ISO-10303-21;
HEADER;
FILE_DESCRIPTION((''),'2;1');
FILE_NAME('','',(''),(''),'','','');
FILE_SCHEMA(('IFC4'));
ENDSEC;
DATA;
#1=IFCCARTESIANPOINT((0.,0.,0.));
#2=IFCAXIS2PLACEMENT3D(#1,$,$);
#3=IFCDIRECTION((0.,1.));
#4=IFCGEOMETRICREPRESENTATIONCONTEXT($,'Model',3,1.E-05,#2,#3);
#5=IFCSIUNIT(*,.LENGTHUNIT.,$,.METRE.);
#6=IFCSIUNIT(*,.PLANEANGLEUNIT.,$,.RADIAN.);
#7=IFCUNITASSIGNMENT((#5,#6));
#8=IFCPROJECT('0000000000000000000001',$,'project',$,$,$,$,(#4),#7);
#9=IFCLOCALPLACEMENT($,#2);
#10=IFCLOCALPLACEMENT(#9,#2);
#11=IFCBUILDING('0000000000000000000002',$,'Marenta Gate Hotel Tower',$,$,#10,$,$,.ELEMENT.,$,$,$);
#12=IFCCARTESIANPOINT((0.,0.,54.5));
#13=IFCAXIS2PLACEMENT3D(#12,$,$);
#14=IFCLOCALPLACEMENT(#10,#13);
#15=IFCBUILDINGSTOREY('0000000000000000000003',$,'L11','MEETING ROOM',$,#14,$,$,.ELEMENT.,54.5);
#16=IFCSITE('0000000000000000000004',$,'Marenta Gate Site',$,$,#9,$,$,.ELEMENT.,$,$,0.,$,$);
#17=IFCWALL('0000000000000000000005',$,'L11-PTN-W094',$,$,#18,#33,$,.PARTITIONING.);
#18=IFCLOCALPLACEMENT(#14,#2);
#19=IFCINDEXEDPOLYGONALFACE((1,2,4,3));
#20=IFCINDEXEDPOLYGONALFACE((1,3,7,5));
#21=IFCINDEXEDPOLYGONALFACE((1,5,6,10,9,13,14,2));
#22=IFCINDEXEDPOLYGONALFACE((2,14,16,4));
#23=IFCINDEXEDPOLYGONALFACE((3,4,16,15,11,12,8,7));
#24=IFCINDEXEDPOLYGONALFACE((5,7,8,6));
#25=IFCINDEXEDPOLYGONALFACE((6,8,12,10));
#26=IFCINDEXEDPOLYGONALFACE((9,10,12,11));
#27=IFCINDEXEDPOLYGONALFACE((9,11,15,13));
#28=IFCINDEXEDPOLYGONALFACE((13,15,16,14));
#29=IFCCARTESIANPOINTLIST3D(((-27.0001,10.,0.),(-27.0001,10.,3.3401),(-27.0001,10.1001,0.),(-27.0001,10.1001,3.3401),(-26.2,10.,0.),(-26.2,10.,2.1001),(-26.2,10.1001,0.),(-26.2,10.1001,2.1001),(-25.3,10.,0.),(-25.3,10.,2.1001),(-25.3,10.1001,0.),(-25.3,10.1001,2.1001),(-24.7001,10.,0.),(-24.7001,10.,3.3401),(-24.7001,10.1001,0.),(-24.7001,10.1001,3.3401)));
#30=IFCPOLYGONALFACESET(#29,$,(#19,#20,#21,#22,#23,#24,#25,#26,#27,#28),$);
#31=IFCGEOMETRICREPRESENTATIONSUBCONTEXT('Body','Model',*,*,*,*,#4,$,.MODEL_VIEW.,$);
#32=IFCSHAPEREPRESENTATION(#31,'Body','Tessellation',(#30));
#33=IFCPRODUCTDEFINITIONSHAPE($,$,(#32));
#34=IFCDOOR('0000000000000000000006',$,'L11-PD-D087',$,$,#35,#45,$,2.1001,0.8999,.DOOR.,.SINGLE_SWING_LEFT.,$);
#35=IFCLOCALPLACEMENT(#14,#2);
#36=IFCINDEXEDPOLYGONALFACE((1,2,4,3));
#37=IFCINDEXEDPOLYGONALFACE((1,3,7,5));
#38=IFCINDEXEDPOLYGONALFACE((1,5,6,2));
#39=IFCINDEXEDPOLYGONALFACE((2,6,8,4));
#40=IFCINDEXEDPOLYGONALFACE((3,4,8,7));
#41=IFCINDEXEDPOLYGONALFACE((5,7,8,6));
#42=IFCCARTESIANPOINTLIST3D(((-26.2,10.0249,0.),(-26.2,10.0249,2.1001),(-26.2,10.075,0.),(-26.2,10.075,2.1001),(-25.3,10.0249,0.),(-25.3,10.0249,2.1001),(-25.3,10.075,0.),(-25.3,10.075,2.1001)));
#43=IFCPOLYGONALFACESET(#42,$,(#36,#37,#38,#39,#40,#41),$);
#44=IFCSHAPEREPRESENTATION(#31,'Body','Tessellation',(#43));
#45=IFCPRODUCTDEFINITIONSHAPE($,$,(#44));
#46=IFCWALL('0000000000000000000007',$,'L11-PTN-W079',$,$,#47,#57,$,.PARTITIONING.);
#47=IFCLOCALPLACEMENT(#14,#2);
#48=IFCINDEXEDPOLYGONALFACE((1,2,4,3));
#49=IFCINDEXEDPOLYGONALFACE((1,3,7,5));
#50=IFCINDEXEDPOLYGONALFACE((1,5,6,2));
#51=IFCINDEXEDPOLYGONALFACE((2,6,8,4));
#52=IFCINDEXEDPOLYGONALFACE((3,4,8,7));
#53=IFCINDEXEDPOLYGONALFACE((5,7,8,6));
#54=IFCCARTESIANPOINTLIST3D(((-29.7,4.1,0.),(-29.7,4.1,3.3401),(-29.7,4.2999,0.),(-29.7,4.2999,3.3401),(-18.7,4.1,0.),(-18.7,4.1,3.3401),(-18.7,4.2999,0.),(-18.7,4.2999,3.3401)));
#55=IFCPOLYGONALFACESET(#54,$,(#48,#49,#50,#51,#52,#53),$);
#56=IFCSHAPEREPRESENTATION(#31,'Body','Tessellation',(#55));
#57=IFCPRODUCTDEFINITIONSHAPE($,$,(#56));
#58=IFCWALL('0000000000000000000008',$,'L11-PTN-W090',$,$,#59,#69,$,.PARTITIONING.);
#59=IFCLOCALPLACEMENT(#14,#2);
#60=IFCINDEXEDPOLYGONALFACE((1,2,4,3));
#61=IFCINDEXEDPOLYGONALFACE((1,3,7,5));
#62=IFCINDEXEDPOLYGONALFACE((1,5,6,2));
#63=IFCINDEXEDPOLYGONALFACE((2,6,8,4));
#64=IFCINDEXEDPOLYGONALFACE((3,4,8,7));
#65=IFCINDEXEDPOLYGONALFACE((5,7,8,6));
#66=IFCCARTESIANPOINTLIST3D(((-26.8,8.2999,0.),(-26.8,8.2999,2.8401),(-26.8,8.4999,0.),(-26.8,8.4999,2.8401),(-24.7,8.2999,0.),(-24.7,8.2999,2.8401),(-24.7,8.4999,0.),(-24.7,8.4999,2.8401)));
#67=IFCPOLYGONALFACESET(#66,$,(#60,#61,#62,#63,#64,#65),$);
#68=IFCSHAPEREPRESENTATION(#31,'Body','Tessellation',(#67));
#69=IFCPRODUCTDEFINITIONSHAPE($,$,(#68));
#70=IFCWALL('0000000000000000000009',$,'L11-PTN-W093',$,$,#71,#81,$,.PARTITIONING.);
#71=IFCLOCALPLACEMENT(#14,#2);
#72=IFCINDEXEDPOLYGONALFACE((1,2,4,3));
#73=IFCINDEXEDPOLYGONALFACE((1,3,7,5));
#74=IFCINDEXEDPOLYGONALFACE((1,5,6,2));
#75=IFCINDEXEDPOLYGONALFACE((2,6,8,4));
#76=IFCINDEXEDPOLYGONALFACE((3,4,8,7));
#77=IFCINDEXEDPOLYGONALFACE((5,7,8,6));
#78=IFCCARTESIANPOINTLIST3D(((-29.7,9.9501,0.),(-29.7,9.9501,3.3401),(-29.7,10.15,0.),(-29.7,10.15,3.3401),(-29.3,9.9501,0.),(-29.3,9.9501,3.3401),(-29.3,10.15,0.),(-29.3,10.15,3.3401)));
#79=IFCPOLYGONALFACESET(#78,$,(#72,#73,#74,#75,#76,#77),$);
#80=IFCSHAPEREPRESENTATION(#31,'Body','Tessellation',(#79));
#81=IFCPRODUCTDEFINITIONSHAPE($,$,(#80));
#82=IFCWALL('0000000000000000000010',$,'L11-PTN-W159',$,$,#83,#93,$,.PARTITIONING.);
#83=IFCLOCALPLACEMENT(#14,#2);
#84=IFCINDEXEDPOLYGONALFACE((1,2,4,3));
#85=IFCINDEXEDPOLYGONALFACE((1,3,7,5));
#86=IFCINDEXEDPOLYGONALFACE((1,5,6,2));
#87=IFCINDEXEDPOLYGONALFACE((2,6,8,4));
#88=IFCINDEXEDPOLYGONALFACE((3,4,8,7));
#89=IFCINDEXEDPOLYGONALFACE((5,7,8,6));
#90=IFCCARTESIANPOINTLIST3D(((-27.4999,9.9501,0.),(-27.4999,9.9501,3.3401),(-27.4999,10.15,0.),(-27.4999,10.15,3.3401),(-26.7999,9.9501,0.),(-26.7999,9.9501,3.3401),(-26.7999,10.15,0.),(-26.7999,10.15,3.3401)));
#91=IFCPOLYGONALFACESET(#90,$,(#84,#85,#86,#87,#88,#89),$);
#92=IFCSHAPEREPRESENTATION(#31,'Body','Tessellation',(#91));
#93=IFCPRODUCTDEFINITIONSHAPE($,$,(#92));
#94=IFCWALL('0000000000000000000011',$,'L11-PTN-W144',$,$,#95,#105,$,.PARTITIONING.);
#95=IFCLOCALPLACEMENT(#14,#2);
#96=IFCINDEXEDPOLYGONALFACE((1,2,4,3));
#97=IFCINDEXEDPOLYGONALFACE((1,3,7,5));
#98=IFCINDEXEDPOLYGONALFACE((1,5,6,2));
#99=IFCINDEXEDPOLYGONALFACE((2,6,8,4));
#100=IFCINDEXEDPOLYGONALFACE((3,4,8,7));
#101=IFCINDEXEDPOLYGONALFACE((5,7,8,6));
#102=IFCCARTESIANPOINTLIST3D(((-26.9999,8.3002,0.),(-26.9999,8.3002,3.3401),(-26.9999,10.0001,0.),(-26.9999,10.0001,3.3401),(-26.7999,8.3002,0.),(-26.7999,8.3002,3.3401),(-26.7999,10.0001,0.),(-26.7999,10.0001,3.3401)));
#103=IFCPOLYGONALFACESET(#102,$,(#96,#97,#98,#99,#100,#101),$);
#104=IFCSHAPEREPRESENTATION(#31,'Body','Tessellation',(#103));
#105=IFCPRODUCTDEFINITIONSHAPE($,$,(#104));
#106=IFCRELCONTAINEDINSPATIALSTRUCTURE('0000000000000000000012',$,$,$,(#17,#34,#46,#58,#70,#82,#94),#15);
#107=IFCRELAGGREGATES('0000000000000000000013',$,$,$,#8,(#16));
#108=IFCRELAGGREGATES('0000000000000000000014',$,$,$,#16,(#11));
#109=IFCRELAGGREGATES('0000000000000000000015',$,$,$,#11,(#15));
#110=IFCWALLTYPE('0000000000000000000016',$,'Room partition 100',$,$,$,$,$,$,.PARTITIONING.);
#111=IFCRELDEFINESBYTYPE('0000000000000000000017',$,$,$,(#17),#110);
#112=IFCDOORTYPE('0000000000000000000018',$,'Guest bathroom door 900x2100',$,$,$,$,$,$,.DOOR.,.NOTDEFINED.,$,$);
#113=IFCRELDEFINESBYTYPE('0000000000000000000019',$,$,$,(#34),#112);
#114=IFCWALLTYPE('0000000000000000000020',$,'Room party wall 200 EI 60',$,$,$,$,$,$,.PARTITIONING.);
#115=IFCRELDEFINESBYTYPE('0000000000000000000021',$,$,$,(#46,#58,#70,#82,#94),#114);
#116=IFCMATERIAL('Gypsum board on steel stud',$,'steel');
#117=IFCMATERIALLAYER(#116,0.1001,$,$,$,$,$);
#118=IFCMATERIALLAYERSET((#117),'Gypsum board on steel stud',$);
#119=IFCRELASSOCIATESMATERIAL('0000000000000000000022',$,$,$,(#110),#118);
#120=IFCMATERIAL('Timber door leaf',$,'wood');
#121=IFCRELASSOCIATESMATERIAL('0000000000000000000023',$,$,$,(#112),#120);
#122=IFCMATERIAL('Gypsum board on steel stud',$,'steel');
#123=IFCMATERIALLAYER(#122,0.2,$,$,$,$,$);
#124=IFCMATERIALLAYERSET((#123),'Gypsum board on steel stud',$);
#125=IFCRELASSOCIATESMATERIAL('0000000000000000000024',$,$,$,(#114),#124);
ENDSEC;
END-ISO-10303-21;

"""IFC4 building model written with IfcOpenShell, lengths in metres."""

from ifc_helpers import new_model, si_unit, direction, frame, frame_2d, origin, place, context, subcontext, project, spatial, rectangle, extrude, material, layer, layer_set, type_object, element, fill, save


model = new_model("IFC4")

# Units and contexts
model_context = context("Model", 3, precision=1e-05, world=origin(), true_north=direction((0.0, 1.0)))
body_context = subcontext(model_context, "Body", "Model", "MODEL_VIEW")
ifc_project = project(units=[si_unit("LENGTHUNIT", "METRE"), si_unit("PLANEANGLEUNIT", "RADIAN")], contexts=[model_context])

# Site, building, storey
site_placement = place(None, origin())
site = spatial("IfcSite", under=ifc_project, at=site_placement, Name="Marenta Gate Site", CompositionType="ELEMENT", RefElevation=0.0)
building_placement = place(site_placement, origin())
building = spatial("IfcBuilding", under=site, at=building_placement, Name="Marenta Gate Hotel Tower", CompositionType="ELEMENT")
storey_placement = place(building_placement, frame((0.0, 0.0, 54.5)))
storey = spatial("IfcBuildingStorey", under=building, at=storey_placement, Name="L11", Description="MEETING ROOM", CompositionType="ELEMENT", Elevation=54.5)

# Wall, opening, door
ifc_material_1 = material(Name="Gypsum board on steel stud", Category="steel")
ifc_layer_1 = layer(ifc_material_1, 0.1001)
ifc_layer_set_1 = layer_set([ifc_layer_1], Name="Gypsum board on steel stud")
wall_type_1 = type_object("IfcWallType", Name="Room partition 100", PredefinedType="PARTITIONING", material=ifc_layer_set_1)
wall_1_placement = place(storey_placement, frame((-27.0, 10.05, 0.0), z_axis=(0.0, 0.0, 1.0), x_axis=(1.0, 0.0, 0.0)))
wall_1 = element("IfcWall", 1, at=wall_1_placement, inside=storey, type_object=wall_type_1, Name="L11-PTN-W094", PredefinedType="PARTITIONING", context=body_context, shape_type="SweptSolid", body=[
    extrude(rectangle(XDim=2.3, YDim=0.1001, at=frame_2d((1.1499, 0.0))), origin(), (0.0, 0.0, 1.0), 3.3401),
])
opening_1_placement = place(wall_1_placement, frame((0.8, 0.0, 0.0)))
opening_1 = element("IfcOpeningElement", 2, at=opening_1_placement, cuts=wall_1, PredefinedType="OPENING", context=body_context, shape_type="SweptSolid", body=[
    extrude(rectangle(XDim=0.8999, YDim=2.1001, at=frame_2d((0.45, 1.05))), frame((0.0, 0.05, 0.0), z_axis=(0.0, -1.0, 0.0), x_axis=(1.0, 0.0, 0.0)), (0.0, 0.0, 1.0), 0.1001),
])
ifc_material_2 = material(Name="Timber door leaf", Category="wood")
door_type_1 = type_object("IfcDoorType", Name="Guest bathroom door 900x2100", OperationType="NOTDEFINED", PredefinedType="DOOR", material=ifc_material_2)
door_1_placement = place(opening_1_placement, origin())
door_1 = element("IfcDoor", 3, at=door_1_placement, inside=storey, type_object=door_type_1, Name="L11-PD-D087", OperationType="SINGLE_SWING_LEFT", OverallHeight=2.1001, OverallWidth=0.8999, PredefinedType="DOOR", context=body_context, shape_type="SweptSolid", body=[
    extrude(rectangle(XDim=0.8999, YDim=2.1001, at=frame_2d((0.45, 1.05))), frame((0.0, 0.0249, 0.0), z_axis=(0.0, -1.0, 0.0), x_axis=(1.0, 0.0, 0.0)), (0.0, 0.0, 1.0), 0.05),
])
fill(opening_1, door_1)

# Walls
ifc_material_3 = material(Name="Gypsum board on steel stud", Category="steel")
ifc_layer_2 = layer(ifc_material_3, 0.2)
ifc_layer_set_2 = layer_set([ifc_layer_2], Name="Gypsum board on steel stud")
wall_type_2 = type_object("IfcWallType", Name="Room party wall 200 EI 60", PredefinedType="PARTITIONING", material=ifc_layer_set_2)
wall_2_placement = place(storey_placement, frame((-29.7, 4.2, 0.0), z_axis=(0.0, 0.0, 1.0), x_axis=(1.0, 0.0, 0.0)))
element("IfcWall", 4, at=wall_2_placement, inside=storey, type_object=wall_type_2, Name="L11-PTN-W079", PredefinedType="PARTITIONING", context=body_context, shape_type="SweptSolid", body=[
    extrude(rectangle(XDim=11.0, YDim=0.2, at=frame_2d((5.5, 0.0))), origin(), (0.0, 0.0, 1.0), 3.3401),
])
wall_3_placement = place(storey_placement, frame((-26.8, 8.3999, 0.0), z_axis=(0.0, 0.0, 1.0), x_axis=(1.0, 0.0, 0.0)))
element("IfcWall", 5, at=wall_3_placement, inside=storey, type_object=wall_type_2, Name="L11-PTN-W090", PredefinedType="PARTITIONING", context=body_context, shape_type="SweptSolid", body=[
    extrude(rectangle(XDim=2.1001, YDim=0.2, at=frame_2d((1.05, 0.0))), origin(), (0.0, 0.0, 1.0), 2.8401),
])
wall_4_placement = place(storey_placement, frame((-29.7, 10.05, 0.0), z_axis=(0.0, 0.0, 1.0), x_axis=(1.0, 0.0, 0.0)))
element("IfcWall", 6, at=wall_4_placement, inside=storey, type_object=wall_type_2, Name="L11-PTN-W093", PredefinedType="PARTITIONING", context=body_context, shape_type="SweptSolid", body=[
    extrude(rectangle(XDim=0.3999, YDim=0.2, at=frame_2d((0.2, 0.0))), origin(), (0.0, 0.0, 1.0), 3.3401),
])
wall_5_placement = place(storey_placement, frame((-27.5, 10.05, 0.0), z_axis=(0.0, 0.0, 1.0), x_axis=(1.0, 0.0, 0.0)))
element("IfcWall", 7, at=wall_5_placement, inside=storey, type_object=wall_type_2, Name="L11-PTN-W159", PredefinedType="PARTITIONING", context=body_context, shape_type="SweptSolid", body=[
    extrude(rectangle(XDim=0.7, YDim=0.2, at=frame_2d((0.3501, 0.0))), origin(), (0.0, 0.0, 1.0), 3.3401),
])
wall_6_placement = place(storey_placement, frame((-26.8999, 8.3, 0.0), z_axis=(0.0, 0.0, 1.0), x_axis=(0.0, 1.0, 0.0)))
element("IfcWall", 8, at=wall_6_placement, inside=storey, type_object=wall_type_2, Name="L11-PTN-W144", PredefinedType="PARTITIONING", context=body_context, shape_type="SweptSolid", body=[
    extrude(rectangle(XDim=1.7, YDim=0.2, at=frame_2d((0.8501, 0.0))), origin(), (0.0, 0.0, 1.0), 3.3401),
])

save(model, "model.ifc")
